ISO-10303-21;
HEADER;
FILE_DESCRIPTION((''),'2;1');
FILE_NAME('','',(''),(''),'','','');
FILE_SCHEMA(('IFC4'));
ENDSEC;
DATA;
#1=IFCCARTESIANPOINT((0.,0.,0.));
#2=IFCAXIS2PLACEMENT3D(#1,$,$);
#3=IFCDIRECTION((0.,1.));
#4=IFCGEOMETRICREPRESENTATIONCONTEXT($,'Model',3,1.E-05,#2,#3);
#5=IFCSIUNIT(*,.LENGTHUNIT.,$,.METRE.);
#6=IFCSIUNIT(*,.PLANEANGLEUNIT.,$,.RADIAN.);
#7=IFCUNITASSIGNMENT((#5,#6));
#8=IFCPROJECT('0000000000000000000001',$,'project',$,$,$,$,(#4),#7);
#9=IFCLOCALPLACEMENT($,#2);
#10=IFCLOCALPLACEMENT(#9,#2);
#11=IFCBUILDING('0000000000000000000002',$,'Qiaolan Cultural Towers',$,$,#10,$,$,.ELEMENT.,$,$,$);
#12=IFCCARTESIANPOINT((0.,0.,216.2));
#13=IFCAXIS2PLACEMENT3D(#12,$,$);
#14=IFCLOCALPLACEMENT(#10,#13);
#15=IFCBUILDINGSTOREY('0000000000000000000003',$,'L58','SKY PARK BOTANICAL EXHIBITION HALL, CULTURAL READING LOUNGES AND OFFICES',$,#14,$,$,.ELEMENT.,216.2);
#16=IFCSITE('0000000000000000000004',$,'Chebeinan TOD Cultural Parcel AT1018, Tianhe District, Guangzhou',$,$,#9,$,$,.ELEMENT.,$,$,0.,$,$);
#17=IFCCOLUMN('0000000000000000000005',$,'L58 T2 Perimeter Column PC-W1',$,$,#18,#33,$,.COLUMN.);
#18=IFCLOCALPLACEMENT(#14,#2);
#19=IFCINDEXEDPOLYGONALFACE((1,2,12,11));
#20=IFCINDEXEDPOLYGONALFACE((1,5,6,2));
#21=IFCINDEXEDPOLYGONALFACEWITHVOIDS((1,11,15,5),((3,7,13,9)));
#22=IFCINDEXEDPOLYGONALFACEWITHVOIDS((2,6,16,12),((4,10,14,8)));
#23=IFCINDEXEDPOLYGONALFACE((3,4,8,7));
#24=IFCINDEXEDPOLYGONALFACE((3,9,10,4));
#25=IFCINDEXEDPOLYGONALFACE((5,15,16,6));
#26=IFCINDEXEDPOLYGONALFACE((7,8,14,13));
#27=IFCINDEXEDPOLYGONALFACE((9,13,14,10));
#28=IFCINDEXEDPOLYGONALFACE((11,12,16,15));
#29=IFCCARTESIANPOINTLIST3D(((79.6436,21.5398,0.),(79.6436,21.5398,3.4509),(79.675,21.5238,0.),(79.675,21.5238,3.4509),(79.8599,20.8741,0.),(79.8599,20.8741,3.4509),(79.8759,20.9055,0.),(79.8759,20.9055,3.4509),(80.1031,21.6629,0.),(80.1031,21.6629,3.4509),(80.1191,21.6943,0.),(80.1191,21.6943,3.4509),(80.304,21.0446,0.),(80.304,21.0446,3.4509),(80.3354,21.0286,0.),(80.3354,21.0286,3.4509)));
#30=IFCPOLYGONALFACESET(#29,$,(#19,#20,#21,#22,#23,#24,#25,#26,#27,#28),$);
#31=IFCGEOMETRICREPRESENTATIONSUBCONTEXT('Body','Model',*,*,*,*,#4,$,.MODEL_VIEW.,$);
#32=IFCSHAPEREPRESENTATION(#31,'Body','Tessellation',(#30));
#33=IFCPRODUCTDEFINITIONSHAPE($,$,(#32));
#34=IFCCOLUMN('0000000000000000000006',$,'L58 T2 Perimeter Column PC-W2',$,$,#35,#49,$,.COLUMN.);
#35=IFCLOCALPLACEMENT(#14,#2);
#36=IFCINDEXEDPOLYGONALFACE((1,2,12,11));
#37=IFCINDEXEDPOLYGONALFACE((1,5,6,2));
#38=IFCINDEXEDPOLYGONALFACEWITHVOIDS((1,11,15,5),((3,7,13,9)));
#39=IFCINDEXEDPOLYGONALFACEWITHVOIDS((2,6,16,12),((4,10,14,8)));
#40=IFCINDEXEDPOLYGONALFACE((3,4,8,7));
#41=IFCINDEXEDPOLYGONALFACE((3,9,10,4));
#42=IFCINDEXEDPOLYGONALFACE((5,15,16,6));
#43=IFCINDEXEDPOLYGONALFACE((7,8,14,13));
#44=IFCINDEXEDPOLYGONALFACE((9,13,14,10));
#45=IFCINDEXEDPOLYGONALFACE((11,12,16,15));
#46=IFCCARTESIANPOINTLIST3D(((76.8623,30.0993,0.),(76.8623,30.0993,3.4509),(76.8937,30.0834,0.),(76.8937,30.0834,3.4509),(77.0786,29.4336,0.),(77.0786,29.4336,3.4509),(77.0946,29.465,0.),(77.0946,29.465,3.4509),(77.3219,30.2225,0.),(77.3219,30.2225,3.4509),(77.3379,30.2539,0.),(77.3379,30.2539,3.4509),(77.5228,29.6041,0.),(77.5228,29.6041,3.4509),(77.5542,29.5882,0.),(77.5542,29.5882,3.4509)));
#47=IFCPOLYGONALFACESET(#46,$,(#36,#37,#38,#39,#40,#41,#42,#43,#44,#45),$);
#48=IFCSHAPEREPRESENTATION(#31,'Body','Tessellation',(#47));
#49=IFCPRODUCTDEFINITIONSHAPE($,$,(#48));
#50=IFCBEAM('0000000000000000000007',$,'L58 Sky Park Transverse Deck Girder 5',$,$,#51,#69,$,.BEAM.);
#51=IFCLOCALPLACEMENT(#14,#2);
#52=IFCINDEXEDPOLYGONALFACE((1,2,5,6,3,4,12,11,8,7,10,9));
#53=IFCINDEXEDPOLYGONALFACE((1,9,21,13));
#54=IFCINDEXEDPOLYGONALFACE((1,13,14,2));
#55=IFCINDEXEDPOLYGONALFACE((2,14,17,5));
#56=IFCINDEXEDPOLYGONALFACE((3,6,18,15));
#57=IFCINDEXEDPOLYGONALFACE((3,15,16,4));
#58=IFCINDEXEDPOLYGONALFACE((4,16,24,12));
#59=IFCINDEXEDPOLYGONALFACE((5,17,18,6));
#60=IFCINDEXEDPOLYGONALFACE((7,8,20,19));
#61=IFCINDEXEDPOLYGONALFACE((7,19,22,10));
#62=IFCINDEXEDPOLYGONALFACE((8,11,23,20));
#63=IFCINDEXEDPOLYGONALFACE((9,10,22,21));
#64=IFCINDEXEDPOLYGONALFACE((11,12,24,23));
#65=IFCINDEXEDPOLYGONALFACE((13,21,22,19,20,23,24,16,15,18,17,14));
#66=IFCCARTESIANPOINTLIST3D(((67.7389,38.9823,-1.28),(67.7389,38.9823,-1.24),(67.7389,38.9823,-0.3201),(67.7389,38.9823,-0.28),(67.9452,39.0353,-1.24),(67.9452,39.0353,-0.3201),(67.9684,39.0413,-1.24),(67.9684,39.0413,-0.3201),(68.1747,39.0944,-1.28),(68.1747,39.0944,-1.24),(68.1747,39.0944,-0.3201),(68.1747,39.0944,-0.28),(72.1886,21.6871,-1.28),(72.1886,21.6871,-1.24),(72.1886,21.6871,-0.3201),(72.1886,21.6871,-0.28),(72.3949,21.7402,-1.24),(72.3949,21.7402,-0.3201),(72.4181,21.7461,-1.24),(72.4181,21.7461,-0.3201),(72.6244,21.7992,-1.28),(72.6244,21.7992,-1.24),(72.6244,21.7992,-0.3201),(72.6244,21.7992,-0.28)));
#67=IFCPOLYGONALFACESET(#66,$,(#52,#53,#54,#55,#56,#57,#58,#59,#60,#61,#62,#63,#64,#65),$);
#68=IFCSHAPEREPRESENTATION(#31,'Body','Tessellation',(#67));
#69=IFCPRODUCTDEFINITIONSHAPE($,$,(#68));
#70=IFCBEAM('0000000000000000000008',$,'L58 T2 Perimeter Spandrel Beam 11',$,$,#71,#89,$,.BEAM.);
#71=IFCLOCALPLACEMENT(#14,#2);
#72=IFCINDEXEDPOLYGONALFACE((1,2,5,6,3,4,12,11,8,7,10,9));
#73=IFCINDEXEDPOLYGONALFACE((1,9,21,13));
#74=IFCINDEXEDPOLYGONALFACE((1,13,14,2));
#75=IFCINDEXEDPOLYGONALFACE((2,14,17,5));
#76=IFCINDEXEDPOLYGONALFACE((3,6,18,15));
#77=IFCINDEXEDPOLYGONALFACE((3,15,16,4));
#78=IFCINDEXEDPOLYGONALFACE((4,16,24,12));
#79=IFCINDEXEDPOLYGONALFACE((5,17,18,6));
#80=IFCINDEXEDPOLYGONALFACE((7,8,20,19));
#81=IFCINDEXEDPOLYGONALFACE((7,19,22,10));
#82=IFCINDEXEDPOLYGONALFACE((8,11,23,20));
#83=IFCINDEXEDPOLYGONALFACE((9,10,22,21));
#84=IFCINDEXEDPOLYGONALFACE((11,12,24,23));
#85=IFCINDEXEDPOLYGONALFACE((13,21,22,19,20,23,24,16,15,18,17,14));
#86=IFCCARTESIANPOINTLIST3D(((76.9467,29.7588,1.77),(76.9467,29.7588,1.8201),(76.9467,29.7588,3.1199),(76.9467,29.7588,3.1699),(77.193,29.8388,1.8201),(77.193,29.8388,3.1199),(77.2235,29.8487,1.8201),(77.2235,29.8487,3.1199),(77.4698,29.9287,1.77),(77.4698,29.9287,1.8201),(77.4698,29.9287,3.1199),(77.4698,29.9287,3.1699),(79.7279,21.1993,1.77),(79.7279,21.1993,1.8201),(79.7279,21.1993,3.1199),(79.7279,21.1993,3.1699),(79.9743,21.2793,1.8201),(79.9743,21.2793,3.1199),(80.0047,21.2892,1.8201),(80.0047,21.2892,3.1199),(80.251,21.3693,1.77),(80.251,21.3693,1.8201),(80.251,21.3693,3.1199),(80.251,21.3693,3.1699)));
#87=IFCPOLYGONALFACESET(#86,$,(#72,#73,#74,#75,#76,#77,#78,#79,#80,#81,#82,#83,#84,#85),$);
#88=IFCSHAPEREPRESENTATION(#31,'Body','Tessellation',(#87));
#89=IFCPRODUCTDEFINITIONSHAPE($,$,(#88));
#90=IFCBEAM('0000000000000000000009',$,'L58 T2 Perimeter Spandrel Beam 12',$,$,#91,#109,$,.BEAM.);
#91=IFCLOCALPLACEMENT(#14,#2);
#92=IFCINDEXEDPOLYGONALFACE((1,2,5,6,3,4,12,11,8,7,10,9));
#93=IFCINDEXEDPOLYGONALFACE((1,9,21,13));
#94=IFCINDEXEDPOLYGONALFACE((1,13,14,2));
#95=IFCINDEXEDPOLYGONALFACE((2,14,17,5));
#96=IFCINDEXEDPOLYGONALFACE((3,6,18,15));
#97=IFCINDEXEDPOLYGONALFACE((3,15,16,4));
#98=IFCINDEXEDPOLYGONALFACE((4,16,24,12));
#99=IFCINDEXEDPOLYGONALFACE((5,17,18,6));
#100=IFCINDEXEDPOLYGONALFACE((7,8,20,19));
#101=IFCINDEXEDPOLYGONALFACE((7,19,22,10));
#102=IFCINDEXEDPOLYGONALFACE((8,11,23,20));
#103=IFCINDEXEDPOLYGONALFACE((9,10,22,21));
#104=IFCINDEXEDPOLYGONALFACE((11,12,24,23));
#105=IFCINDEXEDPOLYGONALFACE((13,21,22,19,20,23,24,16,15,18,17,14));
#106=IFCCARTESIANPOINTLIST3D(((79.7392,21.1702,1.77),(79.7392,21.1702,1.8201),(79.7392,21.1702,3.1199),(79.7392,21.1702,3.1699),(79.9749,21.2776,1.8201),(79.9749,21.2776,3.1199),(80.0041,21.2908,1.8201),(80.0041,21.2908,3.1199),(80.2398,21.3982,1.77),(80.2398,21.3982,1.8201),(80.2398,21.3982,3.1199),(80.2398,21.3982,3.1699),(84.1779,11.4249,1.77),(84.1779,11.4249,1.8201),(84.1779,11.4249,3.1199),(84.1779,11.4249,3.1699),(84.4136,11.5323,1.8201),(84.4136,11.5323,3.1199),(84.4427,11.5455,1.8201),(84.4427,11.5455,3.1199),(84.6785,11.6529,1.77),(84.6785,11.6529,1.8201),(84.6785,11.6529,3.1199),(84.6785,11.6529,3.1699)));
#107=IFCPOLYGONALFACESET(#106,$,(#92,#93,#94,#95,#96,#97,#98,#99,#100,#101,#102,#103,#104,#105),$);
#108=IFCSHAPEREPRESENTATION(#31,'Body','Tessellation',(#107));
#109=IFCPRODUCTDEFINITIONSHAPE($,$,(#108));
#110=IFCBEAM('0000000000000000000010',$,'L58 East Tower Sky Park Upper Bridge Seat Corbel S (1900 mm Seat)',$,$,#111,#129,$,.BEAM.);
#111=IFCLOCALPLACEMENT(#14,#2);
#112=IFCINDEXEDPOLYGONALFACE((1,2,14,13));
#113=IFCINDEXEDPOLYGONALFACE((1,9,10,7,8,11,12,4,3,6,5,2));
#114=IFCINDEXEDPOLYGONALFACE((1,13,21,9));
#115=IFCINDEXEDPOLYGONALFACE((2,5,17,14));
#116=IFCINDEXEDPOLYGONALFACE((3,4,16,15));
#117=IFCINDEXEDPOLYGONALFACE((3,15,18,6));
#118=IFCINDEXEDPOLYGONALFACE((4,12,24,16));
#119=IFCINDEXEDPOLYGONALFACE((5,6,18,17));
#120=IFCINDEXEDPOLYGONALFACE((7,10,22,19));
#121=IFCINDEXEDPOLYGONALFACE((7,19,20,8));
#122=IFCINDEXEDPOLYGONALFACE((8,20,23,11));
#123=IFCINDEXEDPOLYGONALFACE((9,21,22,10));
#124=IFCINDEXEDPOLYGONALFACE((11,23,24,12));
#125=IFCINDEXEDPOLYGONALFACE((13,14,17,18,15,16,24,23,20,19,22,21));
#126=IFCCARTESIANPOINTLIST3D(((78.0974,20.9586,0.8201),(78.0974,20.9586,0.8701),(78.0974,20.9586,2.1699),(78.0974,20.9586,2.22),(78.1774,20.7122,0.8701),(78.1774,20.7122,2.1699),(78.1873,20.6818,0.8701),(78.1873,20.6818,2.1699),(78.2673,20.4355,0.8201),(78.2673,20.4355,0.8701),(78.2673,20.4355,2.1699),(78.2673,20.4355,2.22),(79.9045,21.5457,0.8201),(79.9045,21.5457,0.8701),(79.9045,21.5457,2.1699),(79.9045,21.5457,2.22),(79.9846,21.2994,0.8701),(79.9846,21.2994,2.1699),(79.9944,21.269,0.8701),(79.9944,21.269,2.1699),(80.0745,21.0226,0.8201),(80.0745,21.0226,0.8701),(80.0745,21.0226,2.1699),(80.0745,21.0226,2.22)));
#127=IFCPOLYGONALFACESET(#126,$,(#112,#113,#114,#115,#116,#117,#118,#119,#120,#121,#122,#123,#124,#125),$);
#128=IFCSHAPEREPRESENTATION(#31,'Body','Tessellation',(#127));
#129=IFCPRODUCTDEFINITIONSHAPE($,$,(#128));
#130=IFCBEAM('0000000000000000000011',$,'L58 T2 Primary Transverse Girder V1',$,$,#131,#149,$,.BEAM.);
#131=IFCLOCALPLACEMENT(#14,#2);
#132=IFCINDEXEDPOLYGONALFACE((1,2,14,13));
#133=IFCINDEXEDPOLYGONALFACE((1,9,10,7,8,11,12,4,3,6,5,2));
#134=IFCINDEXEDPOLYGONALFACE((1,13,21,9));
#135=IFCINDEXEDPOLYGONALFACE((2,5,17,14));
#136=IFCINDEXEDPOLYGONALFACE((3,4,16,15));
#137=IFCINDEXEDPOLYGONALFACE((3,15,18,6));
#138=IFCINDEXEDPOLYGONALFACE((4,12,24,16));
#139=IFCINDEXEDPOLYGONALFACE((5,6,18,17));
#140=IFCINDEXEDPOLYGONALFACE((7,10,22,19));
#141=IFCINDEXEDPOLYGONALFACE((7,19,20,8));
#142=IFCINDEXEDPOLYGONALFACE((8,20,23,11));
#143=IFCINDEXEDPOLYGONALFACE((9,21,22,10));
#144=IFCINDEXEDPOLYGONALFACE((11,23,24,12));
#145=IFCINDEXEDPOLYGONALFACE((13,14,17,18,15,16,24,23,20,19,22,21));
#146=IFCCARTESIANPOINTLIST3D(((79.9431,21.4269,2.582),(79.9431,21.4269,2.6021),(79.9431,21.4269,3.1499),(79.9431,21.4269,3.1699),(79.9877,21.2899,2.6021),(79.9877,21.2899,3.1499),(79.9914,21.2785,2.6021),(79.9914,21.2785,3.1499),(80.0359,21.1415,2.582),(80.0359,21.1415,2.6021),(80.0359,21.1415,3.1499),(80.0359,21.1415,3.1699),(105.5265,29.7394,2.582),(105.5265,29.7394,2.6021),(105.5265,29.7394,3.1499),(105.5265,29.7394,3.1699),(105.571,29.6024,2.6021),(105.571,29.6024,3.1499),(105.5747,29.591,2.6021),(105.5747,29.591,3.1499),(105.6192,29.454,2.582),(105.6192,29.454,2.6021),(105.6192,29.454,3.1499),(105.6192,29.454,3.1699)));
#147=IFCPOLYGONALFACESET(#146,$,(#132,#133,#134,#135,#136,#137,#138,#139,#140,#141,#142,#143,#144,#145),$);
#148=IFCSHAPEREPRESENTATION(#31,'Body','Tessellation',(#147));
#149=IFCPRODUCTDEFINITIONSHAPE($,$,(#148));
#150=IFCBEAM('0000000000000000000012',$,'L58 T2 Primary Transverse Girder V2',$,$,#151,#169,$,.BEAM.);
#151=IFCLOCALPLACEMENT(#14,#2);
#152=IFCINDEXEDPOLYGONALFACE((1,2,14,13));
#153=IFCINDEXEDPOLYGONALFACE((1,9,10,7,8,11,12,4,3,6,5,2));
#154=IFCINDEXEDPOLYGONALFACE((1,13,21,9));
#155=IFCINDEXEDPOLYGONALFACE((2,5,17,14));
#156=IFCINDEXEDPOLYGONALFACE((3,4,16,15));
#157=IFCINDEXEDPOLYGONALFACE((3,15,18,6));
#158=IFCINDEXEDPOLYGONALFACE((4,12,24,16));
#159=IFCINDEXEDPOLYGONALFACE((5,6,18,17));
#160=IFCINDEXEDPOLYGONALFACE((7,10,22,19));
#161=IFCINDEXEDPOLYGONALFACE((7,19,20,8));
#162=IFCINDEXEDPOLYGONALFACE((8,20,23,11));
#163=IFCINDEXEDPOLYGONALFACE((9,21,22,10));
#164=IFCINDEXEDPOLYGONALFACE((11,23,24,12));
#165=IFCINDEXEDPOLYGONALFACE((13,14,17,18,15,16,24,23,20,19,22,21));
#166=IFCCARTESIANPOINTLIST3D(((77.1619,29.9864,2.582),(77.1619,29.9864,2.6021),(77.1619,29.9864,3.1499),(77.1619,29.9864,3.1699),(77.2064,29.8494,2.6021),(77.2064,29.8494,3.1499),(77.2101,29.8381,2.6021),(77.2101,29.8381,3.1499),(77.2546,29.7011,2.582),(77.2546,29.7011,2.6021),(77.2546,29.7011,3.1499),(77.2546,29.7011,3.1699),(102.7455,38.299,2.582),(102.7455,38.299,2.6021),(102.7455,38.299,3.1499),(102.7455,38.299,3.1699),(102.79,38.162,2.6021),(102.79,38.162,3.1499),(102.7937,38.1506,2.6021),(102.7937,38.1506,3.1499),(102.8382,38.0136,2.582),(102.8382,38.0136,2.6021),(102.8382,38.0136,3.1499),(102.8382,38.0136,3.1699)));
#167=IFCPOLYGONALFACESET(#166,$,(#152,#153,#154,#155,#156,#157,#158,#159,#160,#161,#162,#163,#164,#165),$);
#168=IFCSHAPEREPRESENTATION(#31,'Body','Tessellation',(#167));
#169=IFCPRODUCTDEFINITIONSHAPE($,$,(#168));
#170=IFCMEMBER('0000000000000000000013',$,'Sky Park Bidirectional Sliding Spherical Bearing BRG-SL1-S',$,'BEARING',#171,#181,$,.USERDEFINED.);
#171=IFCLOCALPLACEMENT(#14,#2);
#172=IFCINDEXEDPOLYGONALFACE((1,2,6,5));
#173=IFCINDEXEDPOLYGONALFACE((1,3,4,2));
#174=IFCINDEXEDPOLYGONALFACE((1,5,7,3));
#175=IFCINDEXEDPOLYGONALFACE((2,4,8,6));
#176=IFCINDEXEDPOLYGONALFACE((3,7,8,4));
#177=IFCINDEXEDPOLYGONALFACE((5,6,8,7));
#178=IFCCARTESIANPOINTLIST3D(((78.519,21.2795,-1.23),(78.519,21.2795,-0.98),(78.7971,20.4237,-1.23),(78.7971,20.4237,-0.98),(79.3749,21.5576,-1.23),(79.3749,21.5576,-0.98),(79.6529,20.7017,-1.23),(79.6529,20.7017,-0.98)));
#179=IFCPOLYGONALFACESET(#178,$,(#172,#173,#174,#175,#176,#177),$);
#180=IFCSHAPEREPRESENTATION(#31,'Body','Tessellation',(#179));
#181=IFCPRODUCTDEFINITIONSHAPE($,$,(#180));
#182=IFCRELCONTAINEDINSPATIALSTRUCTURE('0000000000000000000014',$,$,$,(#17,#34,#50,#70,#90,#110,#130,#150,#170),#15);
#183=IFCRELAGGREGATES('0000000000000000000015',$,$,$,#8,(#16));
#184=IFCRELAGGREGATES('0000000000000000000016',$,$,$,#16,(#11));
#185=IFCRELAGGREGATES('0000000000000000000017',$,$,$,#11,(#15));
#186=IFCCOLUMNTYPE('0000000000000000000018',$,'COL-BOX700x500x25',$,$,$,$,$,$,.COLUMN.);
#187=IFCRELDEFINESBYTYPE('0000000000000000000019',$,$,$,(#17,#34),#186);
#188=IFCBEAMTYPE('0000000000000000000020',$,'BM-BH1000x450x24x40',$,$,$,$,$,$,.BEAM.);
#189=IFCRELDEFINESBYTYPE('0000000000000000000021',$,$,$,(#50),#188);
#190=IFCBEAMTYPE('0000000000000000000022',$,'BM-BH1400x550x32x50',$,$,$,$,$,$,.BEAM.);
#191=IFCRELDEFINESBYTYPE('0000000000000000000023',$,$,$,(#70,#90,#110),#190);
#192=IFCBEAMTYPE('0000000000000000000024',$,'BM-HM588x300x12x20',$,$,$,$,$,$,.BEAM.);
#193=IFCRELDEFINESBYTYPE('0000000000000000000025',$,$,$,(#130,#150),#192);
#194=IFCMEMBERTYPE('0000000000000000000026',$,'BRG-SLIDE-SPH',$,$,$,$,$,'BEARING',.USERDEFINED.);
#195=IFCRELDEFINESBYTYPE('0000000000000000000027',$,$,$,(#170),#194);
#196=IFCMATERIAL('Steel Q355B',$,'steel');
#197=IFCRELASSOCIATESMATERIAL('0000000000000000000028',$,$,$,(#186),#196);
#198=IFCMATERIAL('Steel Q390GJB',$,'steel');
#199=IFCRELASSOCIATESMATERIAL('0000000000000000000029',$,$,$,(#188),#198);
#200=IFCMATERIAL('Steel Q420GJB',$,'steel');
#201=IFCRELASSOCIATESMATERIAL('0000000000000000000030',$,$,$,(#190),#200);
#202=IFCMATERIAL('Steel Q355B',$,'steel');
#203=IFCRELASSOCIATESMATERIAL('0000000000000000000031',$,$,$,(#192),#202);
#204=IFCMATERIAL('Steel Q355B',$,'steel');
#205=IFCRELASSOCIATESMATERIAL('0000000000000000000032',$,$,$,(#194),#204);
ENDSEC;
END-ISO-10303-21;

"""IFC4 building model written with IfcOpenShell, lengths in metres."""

from ifc_helpers import new_model, si_unit, direction, frame, origin, origin_2d, place, context, subcontext, project, spatial, rectangle, hollow_rectangle, i_section, extrude, material, material_profile, profile_set, type_object, element, save


model = new_model("IFC4")

# Units and contexts
model_context = context("Model", 3, precision=1e-05, world=origin(), true_north=direction((0.0, 1.0)))
body_context = subcontext(model_context, "Body", "Model", "MODEL_VIEW")
ifc_project = project(units=[si_unit("LENGTHUNIT", "METRE"), si_unit("PLANEANGLEUNIT", "RADIAN")], contexts=[model_context])

# Site, building, storey
site_placement = place(None, origin())
site = spatial("IfcSite", under=ifc_project, at=site_placement, Name="Chebeinan TOD Cultural Parcel AT1018, Tianhe District, Guangzhou", CompositionType="ELEMENT", RefElevation=0.0)
building_placement = place(site_placement, origin())
building = spatial("IfcBuilding", under=site, at=building_placement, Name="Qiaolan Cultural Towers", CompositionType="ELEMENT")
storey_placement = place(building_placement, frame((0.0, 0.0, 216.2)))
storey = spatial("IfcBuildingStorey", under=building, at=storey_placement, Name="L58", Description="SKY PARK BOTANICAL EXHIBITION HALL, CULTURAL READING LOUNGES AND OFFICES", CompositionType="ELEMENT", Elevation=216.2)

# Columns
ifc_material_1 = material(Name="Steel Q355B", Category="steel")
ifc_material_profile_1 = material_profile(ifc_material_1, hollow_rectangle(XDim=0.5, YDim=0.7, WallThickness=0.0249, at=origin_2d()), Name="BOX700x500x25")
ifc_profile_set_1 = profile_set([ifc_material_profile_1], Name="Steel Q355B")
column_type = type_object("IfcColumnType", Name="COL-BOX700x500x25", PredefinedType="COLUMN", material=ifc_profile_set_1)
for number, where, z_axis, x_axis, name in (
    (1, (79.9895, 21.2842, 0.0), (0.0, 0.0, 1.0), (0.951057, 0.309017, 0.0), "L58 T2 Perimeter Column PC-W1"),
    (2, (77.2083, 29.8438, 0.0), (0.0, 0.0, 1.0), (0.951057, 0.309017, 0.0), "L58 T2 Perimeter Column PC-W2"),
):
    element("IfcColumn", number, at=place(storey_placement, frame(where, z_axis=z_axis, x_axis=x_axis)), inside=storey, type_object=column_type, Name=name, PredefinedType="COLUMN", context=body_context, shape_type="SweptSolid", body=[
        extrude(hollow_rectangle(XDim=0.5, YDim=0.7, WallThickness=0.0249, at=origin_2d()), origin(), (0.0, 0.0, 1.0), 3.4509),
    ])

# Beams
ifc_material_2 = material(Name="Steel Q390GJB", Category="steel")
ifc_material_profile_2 = material_profile(ifc_material_2, i_section(OverallWidth=0.45, OverallDepth=1.0, WebThickness=0.0239, FlangeThickness=0.04, at=origin_2d()), Name="BH1000x450x24x40")
ifc_profile_set_2 = profile_set([ifc_material_profile_2], Name="Steel Q390GJB")
beam_type_1 = type_object("IfcBeamType", Name="BM-BH1000x450x24x40", PredefinedType="BEAM", material=ifc_profile_set_2)
beam_1_placement = place(storey_placement, frame((72.4065, 21.7432, -0.78), z_axis=(-0.249166, 0.968461, 0.0), x_axis=(-0.968461, -0.249166, 0.0)))
element("IfcBeam", 3, at=beam_1_placement, inside=storey, type_object=beam_type_1, Name="L58 Sky Park Transverse Deck Girder 5", PredefinedType="BEAM", context=body_context, shape_type="SweptSolid", body=[
    extrude(i_section(OverallWidth=0.45, OverallDepth=1.0, WebThickness=0.0239, FlangeThickness=0.04, at=origin_2d()), origin(), (0.0, 0.0, 1.0), 17.8584),
])
ifc_material_3 = material(Name="Steel Q420GJB", Category="steel")
ifc_material_profile_3 = material_profile(ifc_material_3, i_section(OverallWidth=0.55, OverallDepth=1.3999, WebThickness=0.032, FlangeThickness=0.05, at=origin_2d()), Name="BH1400x550x32x50")
ifc_profile_set_3 = profile_set([ifc_material_profile_3], Name="Steel Q420GJB")
beam_type_2 = type_object("IfcBeamType", Name="BM-BH1400x550x32x50", PredefinedType="BEAM", material=ifc_profile_set_3)
beam_2_placement = place(storey_placement, frame((77.2083, 29.8438, 2.47), z_axis=(0.309025, -0.951054, 0.0), x_axis=(0.951054, 0.309025, 0.0)))
element("IfcBeam", 4, at=beam_2_placement, inside=storey, type_object=beam_type_2, Name="L58 T2 Perimeter Spandrel Beam 11", PredefinedType="BEAM", context=body_context, shape_type="SweptSolid", body=[
    extrude(i_section(OverallWidth=0.55, OverallDepth=1.3999, WebThickness=0.032, FlangeThickness=0.05, at=origin_2d()), origin(), (0.0, 0.0, 1.0), 9.0),
])
beam_3_placement = place(storey_placement, frame((79.9895, 21.2842, 2.47), z_axis=(0.4145, -0.910049, 0.0), x_axis=(0.910049, 0.4145, 0.0)))
element("IfcBeam", 5, at=beam_3_placement, inside=storey, type_object=beam_type_2, Name="L58 T2 Perimeter Spandrel Beam 12", PredefinedType="BEAM", context=body_context, shape_type="SweptSolid", body=[
    extrude(i_section(OverallWidth=0.55, OverallDepth=1.3999, WebThickness=0.032, FlangeThickness=0.05, at=origin_2d()), origin(), (0.0, 0.0, 1.0), 10.7085),
])
beam_4_placement = place(storey_placement, frame((79.9895, 21.2842, 1.52), z_axis=(-0.951059, -0.309011, 0.0), x_axis=(0.309011, -0.951059, 0.0)))
element("IfcBeam", 6, at=beam_4_placement, inside=storey, type_object=beam_type_2, Name="L58 East Tower Sky Park Upper Bridge Seat Corbel S (1900 mm Seat)", PredefinedType="BEAM", context=body_context, shape_type="SweptSolid", body=[
    extrude(i_section(OverallWidth=0.55, OverallDepth=1.3999, WebThickness=0.032, FlangeThickness=0.05, at=origin_2d()), origin(), (0.0, 0.0, 1.0), 1.9001),
])
ifc_material_4 = material(Name="Steel Q355B", Category="steel")
ifc_material_profile_4 = material_profile(ifc_material_4, i_section(OverallWidth=0.3, OverallDepth=0.5879, WebThickness=0.012, FlangeThickness=0.02, at=origin_2d()), Name="HM588x300x12x20")
ifc_profile_set_4 = profile_set([ifc_material_profile_4], Name="Steel Q355B")
beam_type_3 = type_object("IfcBeamType", Name="BM-HM588x300x12x20", PredefinedType="BEAM", material=ifc_profile_set_4)
beam_5_placement = place(storey_placement, frame((79.9895, 21.2842, 2.876), z_axis=(0.951057, 0.309017, 0.0), x_axis=(-0.309017, 0.951057, 0.0)))
element("IfcBeam", 7, at=beam_5_placement, inside=storey, type_object=beam_type_3, Name="L58 T2 Primary Transverse Girder V1", PredefinedType="BEAM", context=body_context, shape_type="SweptSolid", body=[
    extrude(i_section(OverallWidth=0.3, OverallDepth=0.5879, WebThickness=0.012, FlangeThickness=0.02, at=origin_2d()), origin(), (0.0, 0.0, 1.0), 26.8999),
])
beam_6_placement = place(storey_placement, frame((77.2083, 29.8438, 2.876), z_axis=(0.951057, 0.309014, 0.0), x_axis=(-0.309014, 0.951057, 0.0)))
element("IfcBeam", 8, at=beam_6_placement, inside=storey, type_object=beam_type_3, Name="L58 T2 Primary Transverse Girder V2", PredefinedType="BEAM", context=body_context, shape_type="SweptSolid", body=[
    extrude(i_section(OverallWidth=0.3, OverallDepth=0.5879, WebThickness=0.012, FlangeThickness=0.02, at=origin_2d()), origin(), (0.0, 0.0, 1.0), 26.9001),
])

# Member
ifc_material_5 = material(Name="Steel Q355B", Category="steel")
ifc_material_profile_5 = material_profile(ifc_material_5, rectangle(XDim=0.8999, YDim=0.25, at=origin_2d()), Name="SPH-BRG-900x900")
ifc_profile_set_5 = profile_set([ifc_material_profile_5], Name="Steel Q355B")
member_type_1 = type_object("IfcMemberType", Name="BRG-SLIDE-SPH", ElementType="BEARING", PredefinedType="USERDEFINED", material=ifc_profile_set_5)
member_placement = place(storey_placement, frame((79.5139, 21.1296, -1.105), z_axis=(-0.95107, -0.308976, 0.0), x_axis=(0.308976, -0.95107, 0.0)))
element("IfcMember", 9, at=member_placement, inside=storey, type_object=member_type_1, Name="Sky Park Bidirectional Sliding Spherical Bearing BRG-SL1-S", ObjectType="BEARING", PredefinedType="USERDEFINED", context=body_context, shape_type="SweptSolid", body=[
    extrude(rectangle(XDim=0.8999, YDim=0.25, at=origin_2d()), origin(), (0.0, 0.0, 1.0), 0.8999),
])

save(model, "model.ifc")
